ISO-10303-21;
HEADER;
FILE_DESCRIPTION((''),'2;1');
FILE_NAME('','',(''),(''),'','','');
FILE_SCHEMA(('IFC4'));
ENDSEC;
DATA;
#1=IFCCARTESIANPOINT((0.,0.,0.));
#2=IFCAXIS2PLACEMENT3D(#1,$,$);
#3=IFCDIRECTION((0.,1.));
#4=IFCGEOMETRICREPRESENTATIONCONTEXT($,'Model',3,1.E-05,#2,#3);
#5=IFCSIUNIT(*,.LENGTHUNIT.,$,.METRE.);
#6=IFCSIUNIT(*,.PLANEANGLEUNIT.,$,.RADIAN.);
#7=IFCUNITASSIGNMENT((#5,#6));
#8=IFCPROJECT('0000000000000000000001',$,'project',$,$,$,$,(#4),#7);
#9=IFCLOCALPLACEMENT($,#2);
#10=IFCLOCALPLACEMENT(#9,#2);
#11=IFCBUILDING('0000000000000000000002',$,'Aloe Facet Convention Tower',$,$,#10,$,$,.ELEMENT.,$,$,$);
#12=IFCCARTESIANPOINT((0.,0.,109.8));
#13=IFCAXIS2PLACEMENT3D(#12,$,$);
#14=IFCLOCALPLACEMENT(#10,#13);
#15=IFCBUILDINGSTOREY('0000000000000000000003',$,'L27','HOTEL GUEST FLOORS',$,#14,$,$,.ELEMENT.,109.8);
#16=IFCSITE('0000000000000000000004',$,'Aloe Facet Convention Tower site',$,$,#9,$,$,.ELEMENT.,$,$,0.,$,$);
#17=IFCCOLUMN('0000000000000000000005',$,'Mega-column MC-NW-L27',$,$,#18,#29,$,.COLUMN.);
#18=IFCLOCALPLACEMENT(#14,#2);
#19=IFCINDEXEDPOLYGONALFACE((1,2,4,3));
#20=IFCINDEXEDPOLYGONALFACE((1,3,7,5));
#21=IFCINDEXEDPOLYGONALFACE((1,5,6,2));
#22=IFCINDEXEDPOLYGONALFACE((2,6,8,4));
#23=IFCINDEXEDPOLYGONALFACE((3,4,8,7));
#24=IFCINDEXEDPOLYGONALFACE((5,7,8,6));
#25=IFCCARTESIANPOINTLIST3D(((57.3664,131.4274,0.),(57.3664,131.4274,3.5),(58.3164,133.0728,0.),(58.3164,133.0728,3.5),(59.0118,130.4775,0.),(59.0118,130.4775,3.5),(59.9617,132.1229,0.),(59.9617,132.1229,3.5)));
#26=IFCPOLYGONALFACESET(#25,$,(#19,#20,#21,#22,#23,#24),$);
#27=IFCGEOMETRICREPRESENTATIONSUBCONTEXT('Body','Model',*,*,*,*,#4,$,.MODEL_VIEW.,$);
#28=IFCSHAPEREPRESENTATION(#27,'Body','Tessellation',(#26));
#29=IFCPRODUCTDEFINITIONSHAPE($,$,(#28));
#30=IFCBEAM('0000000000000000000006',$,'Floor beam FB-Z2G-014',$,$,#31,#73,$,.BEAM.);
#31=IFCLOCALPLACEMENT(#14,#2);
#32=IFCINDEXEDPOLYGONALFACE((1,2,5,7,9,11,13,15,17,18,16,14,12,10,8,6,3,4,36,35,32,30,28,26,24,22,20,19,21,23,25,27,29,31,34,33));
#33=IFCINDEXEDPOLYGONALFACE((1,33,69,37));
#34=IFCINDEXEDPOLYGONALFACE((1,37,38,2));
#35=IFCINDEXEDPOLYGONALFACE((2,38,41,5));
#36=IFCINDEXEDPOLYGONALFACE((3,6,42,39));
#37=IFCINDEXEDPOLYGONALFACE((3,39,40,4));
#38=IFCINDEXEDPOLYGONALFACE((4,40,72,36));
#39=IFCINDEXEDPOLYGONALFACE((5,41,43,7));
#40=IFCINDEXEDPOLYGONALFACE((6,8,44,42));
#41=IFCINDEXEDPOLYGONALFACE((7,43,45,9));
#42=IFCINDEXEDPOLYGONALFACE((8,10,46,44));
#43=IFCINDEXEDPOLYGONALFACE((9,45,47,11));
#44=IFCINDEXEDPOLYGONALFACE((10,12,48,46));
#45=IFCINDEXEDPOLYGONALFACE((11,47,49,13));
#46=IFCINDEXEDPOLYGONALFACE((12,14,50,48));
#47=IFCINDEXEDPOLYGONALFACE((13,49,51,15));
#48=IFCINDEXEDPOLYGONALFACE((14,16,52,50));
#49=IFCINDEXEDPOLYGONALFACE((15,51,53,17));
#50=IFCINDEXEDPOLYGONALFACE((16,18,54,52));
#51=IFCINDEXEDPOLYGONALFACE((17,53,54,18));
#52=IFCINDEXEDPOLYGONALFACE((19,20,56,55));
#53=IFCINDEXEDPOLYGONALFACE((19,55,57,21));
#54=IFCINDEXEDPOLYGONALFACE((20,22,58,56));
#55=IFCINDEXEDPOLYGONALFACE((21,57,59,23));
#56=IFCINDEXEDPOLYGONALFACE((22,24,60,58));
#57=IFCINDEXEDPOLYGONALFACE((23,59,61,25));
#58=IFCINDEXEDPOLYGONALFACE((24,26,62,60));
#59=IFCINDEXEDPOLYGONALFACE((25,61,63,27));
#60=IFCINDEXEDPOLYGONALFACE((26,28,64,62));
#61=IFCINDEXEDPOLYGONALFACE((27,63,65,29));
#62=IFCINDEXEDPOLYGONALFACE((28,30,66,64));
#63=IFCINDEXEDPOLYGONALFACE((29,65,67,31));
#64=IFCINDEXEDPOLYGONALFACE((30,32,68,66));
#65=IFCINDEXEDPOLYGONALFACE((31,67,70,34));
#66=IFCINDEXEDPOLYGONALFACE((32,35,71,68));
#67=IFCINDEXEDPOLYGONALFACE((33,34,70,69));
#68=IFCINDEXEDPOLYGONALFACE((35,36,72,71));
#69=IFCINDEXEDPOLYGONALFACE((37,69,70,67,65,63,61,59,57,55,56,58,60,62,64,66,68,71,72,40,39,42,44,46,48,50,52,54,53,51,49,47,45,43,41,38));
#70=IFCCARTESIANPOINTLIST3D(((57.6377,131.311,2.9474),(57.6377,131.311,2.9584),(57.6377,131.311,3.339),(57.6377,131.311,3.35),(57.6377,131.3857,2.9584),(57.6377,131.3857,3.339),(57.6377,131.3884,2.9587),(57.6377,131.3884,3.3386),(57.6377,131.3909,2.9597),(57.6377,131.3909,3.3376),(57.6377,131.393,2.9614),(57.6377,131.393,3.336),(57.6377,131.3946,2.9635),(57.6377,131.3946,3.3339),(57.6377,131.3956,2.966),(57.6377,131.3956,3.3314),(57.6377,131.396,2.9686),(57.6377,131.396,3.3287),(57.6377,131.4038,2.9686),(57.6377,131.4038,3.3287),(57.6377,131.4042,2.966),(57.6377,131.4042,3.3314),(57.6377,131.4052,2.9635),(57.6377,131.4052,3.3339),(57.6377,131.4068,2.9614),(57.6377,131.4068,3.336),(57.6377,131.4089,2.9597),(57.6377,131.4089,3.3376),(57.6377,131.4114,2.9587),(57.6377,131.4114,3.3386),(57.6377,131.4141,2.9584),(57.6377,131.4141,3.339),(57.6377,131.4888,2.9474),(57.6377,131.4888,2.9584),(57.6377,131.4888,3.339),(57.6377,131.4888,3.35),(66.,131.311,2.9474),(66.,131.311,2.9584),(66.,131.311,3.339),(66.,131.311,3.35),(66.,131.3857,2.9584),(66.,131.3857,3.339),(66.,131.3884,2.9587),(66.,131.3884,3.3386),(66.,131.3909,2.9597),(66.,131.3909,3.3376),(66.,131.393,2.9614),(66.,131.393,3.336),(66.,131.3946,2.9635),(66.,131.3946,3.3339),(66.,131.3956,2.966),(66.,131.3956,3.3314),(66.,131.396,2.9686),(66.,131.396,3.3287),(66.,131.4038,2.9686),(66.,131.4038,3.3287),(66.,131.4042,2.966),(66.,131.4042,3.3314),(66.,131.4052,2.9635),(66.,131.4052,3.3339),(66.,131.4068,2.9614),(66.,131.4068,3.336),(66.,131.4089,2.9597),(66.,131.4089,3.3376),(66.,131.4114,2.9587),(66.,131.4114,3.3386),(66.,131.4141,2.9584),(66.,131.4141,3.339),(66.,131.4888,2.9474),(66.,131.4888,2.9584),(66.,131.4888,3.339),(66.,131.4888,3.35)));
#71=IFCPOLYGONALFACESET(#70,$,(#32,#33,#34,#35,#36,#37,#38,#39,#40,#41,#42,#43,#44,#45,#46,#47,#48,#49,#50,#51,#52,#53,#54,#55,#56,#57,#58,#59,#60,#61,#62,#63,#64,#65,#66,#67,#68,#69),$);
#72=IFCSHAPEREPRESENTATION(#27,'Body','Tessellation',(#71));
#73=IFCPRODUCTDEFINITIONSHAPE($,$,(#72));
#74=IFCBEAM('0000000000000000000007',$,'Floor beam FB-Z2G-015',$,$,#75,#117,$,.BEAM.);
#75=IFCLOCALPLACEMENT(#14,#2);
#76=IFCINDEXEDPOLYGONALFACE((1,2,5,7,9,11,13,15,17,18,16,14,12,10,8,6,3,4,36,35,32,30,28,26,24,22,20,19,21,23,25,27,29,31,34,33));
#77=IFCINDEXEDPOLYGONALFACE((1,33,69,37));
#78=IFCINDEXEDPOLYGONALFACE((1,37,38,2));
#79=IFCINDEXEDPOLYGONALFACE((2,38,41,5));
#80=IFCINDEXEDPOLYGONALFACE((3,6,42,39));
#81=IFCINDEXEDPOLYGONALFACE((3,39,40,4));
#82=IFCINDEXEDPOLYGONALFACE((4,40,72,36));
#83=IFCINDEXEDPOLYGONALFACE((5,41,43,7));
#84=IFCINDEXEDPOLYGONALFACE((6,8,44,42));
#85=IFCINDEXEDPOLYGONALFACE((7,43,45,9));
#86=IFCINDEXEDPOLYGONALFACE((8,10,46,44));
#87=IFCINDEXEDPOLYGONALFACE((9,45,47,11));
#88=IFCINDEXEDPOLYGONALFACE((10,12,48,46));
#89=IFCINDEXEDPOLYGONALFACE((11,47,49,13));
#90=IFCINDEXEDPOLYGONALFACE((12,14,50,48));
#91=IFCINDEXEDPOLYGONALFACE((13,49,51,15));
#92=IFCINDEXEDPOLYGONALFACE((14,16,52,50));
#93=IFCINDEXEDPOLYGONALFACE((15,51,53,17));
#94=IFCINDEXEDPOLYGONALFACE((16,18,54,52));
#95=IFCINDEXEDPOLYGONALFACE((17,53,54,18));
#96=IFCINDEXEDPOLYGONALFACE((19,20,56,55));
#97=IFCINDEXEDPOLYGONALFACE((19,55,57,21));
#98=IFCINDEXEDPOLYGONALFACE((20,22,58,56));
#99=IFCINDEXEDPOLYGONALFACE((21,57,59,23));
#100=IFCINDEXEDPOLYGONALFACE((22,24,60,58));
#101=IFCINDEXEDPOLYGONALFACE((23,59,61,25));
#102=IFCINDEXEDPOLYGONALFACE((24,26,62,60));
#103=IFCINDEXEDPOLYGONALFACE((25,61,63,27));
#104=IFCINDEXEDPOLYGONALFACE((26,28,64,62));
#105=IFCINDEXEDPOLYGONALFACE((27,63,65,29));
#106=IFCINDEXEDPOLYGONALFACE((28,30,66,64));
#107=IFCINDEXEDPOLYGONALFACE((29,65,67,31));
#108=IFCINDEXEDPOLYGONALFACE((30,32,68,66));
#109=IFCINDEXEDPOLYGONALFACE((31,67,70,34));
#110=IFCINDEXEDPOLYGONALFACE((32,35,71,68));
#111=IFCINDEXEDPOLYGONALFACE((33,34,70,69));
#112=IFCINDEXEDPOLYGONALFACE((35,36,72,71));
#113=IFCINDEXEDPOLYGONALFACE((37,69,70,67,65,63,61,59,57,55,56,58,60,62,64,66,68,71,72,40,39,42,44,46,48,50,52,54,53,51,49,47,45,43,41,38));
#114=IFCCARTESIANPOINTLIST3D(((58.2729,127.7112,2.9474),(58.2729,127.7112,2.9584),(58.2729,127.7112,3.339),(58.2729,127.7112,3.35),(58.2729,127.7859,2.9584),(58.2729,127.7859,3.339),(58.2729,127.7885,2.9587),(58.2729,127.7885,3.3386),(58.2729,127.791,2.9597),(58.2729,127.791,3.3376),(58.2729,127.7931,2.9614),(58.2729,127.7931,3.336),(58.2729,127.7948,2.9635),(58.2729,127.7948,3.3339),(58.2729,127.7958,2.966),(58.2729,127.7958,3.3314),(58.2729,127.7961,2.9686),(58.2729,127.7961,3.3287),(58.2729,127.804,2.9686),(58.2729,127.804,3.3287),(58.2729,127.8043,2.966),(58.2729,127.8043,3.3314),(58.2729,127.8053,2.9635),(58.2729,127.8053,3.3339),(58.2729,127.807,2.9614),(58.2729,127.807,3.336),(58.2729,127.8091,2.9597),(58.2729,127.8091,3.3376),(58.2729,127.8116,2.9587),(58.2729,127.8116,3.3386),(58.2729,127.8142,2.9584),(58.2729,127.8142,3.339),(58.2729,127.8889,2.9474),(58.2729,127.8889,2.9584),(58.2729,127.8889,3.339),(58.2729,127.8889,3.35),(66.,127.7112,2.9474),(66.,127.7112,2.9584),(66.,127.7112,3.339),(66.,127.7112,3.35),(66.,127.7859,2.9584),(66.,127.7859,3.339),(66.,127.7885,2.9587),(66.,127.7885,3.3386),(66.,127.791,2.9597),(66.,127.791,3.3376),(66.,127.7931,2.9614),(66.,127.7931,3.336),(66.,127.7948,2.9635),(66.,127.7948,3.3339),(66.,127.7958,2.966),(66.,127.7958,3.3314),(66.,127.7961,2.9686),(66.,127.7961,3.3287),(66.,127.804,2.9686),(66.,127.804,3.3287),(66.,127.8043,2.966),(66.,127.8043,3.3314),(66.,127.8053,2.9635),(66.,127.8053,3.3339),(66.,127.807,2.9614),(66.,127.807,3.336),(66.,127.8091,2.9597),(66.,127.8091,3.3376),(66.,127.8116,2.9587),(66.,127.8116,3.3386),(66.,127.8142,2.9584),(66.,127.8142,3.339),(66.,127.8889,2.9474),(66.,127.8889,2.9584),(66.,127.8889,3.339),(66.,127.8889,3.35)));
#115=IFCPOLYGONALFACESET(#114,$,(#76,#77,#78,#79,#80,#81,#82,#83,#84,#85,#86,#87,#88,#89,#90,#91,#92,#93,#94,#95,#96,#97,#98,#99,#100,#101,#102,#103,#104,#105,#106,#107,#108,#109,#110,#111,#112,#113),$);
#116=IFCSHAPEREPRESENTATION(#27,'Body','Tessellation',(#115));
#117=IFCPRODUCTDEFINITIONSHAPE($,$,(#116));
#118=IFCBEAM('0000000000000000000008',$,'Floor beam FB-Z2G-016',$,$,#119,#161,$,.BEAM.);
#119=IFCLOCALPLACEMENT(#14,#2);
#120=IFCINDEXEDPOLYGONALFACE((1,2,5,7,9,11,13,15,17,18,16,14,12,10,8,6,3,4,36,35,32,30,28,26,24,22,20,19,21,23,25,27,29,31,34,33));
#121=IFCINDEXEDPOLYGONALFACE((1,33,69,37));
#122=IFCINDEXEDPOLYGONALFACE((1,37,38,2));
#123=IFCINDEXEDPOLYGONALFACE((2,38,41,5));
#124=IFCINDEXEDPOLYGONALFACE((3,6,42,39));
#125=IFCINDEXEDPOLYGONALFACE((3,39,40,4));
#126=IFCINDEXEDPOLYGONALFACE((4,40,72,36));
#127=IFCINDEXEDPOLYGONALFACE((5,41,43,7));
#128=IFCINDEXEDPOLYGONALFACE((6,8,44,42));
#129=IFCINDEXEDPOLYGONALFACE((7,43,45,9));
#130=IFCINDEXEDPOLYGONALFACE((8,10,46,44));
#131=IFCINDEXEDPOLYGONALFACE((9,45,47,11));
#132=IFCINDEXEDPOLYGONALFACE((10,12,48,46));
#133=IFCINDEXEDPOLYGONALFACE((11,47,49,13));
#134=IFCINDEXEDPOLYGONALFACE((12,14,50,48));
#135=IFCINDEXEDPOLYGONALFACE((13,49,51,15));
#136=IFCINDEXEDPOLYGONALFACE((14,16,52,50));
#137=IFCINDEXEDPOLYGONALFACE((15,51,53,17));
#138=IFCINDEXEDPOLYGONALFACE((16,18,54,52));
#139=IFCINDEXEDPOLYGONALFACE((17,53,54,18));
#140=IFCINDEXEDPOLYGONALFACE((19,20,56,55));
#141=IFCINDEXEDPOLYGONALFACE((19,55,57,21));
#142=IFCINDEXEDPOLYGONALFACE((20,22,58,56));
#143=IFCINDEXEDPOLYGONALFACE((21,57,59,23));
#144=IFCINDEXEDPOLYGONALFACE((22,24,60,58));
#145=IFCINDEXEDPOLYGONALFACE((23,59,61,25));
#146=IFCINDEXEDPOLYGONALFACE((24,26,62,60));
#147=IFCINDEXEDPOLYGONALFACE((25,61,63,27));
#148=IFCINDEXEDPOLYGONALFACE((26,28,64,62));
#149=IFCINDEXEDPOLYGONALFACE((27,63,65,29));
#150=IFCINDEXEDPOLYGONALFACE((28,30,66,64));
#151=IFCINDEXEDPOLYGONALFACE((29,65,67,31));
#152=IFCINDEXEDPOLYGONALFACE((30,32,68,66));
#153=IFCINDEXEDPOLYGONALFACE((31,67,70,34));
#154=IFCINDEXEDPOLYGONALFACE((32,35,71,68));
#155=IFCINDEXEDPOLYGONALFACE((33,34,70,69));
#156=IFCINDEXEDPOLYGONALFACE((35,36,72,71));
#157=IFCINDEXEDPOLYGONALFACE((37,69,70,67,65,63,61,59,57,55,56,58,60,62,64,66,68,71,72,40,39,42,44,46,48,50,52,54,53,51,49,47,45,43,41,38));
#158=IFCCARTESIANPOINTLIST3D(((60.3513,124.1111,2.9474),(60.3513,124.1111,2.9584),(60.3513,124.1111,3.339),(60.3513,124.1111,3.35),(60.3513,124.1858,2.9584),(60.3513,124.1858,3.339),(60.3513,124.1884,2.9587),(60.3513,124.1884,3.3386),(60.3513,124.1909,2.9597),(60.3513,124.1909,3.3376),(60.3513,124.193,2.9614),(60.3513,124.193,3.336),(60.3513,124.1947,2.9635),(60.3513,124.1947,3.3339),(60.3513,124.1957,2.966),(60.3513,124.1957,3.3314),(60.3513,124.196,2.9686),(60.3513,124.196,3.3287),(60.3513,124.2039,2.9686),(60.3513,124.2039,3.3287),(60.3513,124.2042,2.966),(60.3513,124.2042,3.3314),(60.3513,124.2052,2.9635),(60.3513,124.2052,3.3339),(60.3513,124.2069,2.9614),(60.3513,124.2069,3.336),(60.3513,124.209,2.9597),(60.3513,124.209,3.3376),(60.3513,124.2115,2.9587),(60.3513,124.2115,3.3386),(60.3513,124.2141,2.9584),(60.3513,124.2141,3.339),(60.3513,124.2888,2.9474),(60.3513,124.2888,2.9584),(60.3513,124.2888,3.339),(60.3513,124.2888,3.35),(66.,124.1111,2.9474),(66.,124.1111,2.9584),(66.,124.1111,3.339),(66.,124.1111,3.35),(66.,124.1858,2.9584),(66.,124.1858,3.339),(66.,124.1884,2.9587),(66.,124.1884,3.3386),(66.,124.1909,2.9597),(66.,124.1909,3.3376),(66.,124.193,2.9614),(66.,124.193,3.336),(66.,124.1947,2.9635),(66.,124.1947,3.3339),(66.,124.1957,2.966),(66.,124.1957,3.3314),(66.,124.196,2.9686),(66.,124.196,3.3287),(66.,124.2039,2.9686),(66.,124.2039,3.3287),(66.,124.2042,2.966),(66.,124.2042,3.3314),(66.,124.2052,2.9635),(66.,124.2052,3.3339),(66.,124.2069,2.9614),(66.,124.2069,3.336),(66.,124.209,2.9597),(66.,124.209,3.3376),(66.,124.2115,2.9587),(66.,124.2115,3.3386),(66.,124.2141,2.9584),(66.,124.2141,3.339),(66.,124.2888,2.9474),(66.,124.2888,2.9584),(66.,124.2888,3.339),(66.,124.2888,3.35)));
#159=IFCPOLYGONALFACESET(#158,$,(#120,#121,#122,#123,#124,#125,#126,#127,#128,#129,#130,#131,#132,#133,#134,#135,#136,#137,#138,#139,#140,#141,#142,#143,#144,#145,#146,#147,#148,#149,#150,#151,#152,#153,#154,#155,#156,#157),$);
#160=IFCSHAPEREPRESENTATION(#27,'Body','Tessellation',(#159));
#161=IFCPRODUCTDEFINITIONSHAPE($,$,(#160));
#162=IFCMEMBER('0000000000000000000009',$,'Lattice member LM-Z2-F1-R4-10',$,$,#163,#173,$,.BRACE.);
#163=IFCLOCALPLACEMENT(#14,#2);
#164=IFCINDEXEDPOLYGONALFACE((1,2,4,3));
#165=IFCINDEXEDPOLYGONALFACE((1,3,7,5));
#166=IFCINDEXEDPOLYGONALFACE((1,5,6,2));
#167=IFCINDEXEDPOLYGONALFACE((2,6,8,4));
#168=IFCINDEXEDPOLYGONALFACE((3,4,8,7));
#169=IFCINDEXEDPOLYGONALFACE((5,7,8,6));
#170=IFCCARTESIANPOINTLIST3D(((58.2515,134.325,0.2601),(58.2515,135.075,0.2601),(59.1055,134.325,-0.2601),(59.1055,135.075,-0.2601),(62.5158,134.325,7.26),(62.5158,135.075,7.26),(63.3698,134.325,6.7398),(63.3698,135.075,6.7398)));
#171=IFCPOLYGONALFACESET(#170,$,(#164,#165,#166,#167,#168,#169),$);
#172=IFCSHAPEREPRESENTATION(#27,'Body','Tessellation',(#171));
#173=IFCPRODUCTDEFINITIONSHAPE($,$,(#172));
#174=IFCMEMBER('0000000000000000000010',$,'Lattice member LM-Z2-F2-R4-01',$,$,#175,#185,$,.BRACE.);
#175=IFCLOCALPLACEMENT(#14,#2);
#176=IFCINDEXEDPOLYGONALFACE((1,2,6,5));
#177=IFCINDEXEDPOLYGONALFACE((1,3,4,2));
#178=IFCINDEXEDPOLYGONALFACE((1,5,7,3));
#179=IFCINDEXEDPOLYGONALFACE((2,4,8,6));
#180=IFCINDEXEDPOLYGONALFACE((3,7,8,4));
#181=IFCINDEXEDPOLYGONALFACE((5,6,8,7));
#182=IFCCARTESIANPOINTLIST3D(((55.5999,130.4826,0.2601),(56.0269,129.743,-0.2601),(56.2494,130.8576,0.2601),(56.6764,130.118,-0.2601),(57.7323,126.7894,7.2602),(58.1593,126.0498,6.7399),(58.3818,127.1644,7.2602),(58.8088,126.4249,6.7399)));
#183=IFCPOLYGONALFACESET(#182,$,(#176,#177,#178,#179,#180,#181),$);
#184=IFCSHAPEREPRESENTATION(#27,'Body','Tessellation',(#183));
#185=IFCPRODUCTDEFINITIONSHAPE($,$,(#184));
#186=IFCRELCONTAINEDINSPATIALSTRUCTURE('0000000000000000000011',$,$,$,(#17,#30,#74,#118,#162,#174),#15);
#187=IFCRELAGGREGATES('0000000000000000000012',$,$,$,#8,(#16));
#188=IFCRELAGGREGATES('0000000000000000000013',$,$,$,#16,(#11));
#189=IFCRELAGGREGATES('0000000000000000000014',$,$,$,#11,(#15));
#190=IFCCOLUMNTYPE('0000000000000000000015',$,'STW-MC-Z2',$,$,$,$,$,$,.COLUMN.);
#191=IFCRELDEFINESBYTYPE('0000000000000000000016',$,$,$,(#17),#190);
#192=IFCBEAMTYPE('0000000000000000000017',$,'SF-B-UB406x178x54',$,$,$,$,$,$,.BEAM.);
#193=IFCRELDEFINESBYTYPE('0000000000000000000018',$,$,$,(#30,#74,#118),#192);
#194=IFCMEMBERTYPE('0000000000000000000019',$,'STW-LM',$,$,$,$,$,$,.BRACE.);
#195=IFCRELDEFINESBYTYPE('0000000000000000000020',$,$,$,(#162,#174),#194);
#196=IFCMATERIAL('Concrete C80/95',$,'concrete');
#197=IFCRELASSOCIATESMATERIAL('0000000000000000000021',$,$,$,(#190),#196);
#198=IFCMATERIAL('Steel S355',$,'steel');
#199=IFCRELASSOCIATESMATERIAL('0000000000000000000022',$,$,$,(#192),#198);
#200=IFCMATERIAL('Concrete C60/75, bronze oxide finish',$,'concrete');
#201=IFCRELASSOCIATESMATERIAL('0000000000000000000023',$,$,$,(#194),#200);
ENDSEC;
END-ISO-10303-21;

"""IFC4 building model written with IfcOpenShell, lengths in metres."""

from ifc_helpers import new_model, si_unit, direction, frame, origin, origin_2d, place, context, subcontext, project, spatial, rectangle, i_section, extrude, material, material_profile, profile_set, type_object, element, save


model = new_model("IFC4")

# Units and contexts
model_context = context("Model", 3, precision=1e-05, world=origin(), true_north=direction((0.0, 1.0)))
body_context = subcontext(model_context, "Body", "Model", "MODEL_VIEW")
ifc_project = project(units=[si_unit("LENGTHUNIT", "METRE"), si_unit("PLANEANGLEUNIT", "RADIAN")], contexts=[model_context])

# Site, building, storey
site_placement = place(None, origin())
site = spatial("IfcSite", under=ifc_project, at=site_placement, Name="Aloe Facet Convention Tower site", CompositionType="ELEMENT", RefElevation=0.0)
building_placement = place(site_placement, origin())
building = spatial("IfcBuilding", under=site, at=building_placement, Name="Aloe Facet Convention Tower", CompositionType="ELEMENT")
storey_placement = place(building_placement, frame((0.0, 0.0, 109.8)))
storey = spatial("IfcBuildingStorey", under=building, at=storey_placement, Name="L27", Description="HOTEL GUEST FLOORS", CompositionType="ELEMENT", Elevation=109.8)

# Column
ifc_material_1 = material(Name="Concrete C80/95", Category="concrete")
ifc_material_profile_1 = material_profile(ifc_material_1, rectangle(XDim=1.8999, YDim=1.8999, at=origin_2d()), Name="STW-MC-Z2")
ifc_profile_set_1 = profile_set([ifc_material_profile_1], Name="Concrete C80/95")
column_type = type_object("IfcColumnType", Name="STW-MC-Z2", PredefinedType="COLUMN", material=ifc_profile_set_1)
column_placement = place(storey_placement, frame((58.6641, 131.7751, 0.0), z_axis=(0.0, 0.0, 1.0), x_axis=(-0.5, -0.866025, 0.0)))
element("IfcColumn", 1, at=column_placement, inside=storey, type_object=column_type, Name="Mega-column MC-NW-L27", PredefinedType="COLUMN", context=body_context, shape_type="SweptSolid", body=[
    extrude(rectangle(XDim=1.8999, YDim=1.8999, at=origin_2d()), origin(), (0.0, 0.0, 1.0), 3.5),
])

# Beams
ifc_material_2 = material(Name="Steel S355", Category="steel")
ifc_material_profile_2 = material_profile(ifc_material_2, i_section(OverallWidth=0.1777, OverallDepth=0.4026, WebThickness=0.0078, FlangeThickness=0.011, FilletRadius=0.0103, at=origin_2d()), Name="UB 406x178x54")
ifc_profile_set_2 = profile_set([ifc_material_profile_2], Name="Steel S355")
beam_type = type_object("IfcBeamType", Name="SF-B-UB406x178x54", PredefinedType="BEAM", material=ifc_profile_set_2)
beam_1_placement = place(storey_placement, frame((57.6377, 131.3999, 3.1487), z_axis=(1.0, 0.0, 0.0), x_axis=(0.0, 1.0, 0.0)))
element("IfcBeam", 2, at=beam_1_placement, inside=storey, type_object=beam_type, Name="Floor beam FB-Z2G-014", PredefinedType="BEAM", context=body_context, shape_type="SweptSolid", body=[
    extrude(i_section(OverallWidth=0.1777, OverallDepth=0.4026, WebThickness=0.0078, FlangeThickness=0.011, FilletRadius=0.0103, at=origin_2d()), origin(), (0.0, 0.0, 1.0), 8.3623),
])
beam_2_placement = place(storey_placement, frame((58.2729, 127.8, 3.1487), z_axis=(1.0, 0.0, 0.0), x_axis=(0.0, 1.0, 0.0)))
element("IfcBeam", 3, at=beam_2_placement, inside=storey, type_object=beam_type, Name="Floor beam FB-Z2G-015", PredefinedType="BEAM", context=body_context, shape_type="SweptSolid", body=[
    extrude(i_section(OverallWidth=0.1777, OverallDepth=0.4026, WebThickness=0.0078, FlangeThickness=0.011, FilletRadius=0.0103, at=origin_2d()), origin(), (0.0, 0.0, 1.0), 7.7271),
])
beam_3_placement = place(storey_placement, frame((60.3513, 124.2, 3.1487), z_axis=(1.0, 0.0, 0.0), x_axis=(0.0, 1.0, 0.0)))
element("IfcBeam", 4, at=beam_3_placement, inside=storey, type_object=beam_type, Name="Floor beam FB-Z2G-016", PredefinedType="BEAM", context=body_context, shape_type="SweptSolid", body=[
    extrude(i_section(OverallWidth=0.1777, OverallDepth=0.4026, WebThickness=0.0078, FlangeThickness=0.011, FilletRadius=0.0103, at=origin_2d()), origin(), (0.0, 0.0, 1.0), 5.6487),
])

# Members
ifc_material_3 = material(Name="Concrete C60/75, bronze oxide finish", Category="concrete")
ifc_material_profile_3 = material_profile(ifc_material_3, rectangle(XDim=0.75, YDim=1.0, at=origin_2d()), Name="STW-LM")
ifc_profile_set_3 = profile_set([ifc_material_profile_3], Name="Concrete C60/75, bronze oxide finish")
member_type = type_object("IfcMemberType", Name="STW-LM", PredefinedType="BRACE", material=ifc_profile_set_3)
member_1_placement = place(storey_placement, frame((58.6785, 134.7, 0.0), z_axis=(0.520262, 0.0, 0.854007), x_axis=(0.0, 1.0, 0.0)))
element("IfcMember", 5, at=member_1_placement, inside=storey, type_object=member_type, Name="Lattice member LM-Z2-F1-R4-10", PredefinedType="BRACE", context=body_context, shape_type="SweptSolid", body=[
    extrude(rectangle(XDim=0.75, YDim=1.0, at=origin_2d()), origin(), (0.0, 0.0, 1.0), 8.1965),
])
member_2_placement = place(storey_placement, frame((56.1382, 130.3003, 0.0), z_axis=(0.260144, -0.450561, 0.854002), x_axis=(0.866015, 0.500018, 0.0)))
element("IfcMember", 6, at=member_2_placement, inside=storey, type_object=member_type, Name="Lattice member LM-Z2-F2-R4-01", PredefinedType="BRACE", context=body_context, shape_type="SweptSolid", body=[
    extrude(rectangle(XDim=0.75, YDim=1.0, at=origin_2d()), origin(), (0.0, 0.0, 1.0), 8.1968),
])

save(model, "model.ifc")
